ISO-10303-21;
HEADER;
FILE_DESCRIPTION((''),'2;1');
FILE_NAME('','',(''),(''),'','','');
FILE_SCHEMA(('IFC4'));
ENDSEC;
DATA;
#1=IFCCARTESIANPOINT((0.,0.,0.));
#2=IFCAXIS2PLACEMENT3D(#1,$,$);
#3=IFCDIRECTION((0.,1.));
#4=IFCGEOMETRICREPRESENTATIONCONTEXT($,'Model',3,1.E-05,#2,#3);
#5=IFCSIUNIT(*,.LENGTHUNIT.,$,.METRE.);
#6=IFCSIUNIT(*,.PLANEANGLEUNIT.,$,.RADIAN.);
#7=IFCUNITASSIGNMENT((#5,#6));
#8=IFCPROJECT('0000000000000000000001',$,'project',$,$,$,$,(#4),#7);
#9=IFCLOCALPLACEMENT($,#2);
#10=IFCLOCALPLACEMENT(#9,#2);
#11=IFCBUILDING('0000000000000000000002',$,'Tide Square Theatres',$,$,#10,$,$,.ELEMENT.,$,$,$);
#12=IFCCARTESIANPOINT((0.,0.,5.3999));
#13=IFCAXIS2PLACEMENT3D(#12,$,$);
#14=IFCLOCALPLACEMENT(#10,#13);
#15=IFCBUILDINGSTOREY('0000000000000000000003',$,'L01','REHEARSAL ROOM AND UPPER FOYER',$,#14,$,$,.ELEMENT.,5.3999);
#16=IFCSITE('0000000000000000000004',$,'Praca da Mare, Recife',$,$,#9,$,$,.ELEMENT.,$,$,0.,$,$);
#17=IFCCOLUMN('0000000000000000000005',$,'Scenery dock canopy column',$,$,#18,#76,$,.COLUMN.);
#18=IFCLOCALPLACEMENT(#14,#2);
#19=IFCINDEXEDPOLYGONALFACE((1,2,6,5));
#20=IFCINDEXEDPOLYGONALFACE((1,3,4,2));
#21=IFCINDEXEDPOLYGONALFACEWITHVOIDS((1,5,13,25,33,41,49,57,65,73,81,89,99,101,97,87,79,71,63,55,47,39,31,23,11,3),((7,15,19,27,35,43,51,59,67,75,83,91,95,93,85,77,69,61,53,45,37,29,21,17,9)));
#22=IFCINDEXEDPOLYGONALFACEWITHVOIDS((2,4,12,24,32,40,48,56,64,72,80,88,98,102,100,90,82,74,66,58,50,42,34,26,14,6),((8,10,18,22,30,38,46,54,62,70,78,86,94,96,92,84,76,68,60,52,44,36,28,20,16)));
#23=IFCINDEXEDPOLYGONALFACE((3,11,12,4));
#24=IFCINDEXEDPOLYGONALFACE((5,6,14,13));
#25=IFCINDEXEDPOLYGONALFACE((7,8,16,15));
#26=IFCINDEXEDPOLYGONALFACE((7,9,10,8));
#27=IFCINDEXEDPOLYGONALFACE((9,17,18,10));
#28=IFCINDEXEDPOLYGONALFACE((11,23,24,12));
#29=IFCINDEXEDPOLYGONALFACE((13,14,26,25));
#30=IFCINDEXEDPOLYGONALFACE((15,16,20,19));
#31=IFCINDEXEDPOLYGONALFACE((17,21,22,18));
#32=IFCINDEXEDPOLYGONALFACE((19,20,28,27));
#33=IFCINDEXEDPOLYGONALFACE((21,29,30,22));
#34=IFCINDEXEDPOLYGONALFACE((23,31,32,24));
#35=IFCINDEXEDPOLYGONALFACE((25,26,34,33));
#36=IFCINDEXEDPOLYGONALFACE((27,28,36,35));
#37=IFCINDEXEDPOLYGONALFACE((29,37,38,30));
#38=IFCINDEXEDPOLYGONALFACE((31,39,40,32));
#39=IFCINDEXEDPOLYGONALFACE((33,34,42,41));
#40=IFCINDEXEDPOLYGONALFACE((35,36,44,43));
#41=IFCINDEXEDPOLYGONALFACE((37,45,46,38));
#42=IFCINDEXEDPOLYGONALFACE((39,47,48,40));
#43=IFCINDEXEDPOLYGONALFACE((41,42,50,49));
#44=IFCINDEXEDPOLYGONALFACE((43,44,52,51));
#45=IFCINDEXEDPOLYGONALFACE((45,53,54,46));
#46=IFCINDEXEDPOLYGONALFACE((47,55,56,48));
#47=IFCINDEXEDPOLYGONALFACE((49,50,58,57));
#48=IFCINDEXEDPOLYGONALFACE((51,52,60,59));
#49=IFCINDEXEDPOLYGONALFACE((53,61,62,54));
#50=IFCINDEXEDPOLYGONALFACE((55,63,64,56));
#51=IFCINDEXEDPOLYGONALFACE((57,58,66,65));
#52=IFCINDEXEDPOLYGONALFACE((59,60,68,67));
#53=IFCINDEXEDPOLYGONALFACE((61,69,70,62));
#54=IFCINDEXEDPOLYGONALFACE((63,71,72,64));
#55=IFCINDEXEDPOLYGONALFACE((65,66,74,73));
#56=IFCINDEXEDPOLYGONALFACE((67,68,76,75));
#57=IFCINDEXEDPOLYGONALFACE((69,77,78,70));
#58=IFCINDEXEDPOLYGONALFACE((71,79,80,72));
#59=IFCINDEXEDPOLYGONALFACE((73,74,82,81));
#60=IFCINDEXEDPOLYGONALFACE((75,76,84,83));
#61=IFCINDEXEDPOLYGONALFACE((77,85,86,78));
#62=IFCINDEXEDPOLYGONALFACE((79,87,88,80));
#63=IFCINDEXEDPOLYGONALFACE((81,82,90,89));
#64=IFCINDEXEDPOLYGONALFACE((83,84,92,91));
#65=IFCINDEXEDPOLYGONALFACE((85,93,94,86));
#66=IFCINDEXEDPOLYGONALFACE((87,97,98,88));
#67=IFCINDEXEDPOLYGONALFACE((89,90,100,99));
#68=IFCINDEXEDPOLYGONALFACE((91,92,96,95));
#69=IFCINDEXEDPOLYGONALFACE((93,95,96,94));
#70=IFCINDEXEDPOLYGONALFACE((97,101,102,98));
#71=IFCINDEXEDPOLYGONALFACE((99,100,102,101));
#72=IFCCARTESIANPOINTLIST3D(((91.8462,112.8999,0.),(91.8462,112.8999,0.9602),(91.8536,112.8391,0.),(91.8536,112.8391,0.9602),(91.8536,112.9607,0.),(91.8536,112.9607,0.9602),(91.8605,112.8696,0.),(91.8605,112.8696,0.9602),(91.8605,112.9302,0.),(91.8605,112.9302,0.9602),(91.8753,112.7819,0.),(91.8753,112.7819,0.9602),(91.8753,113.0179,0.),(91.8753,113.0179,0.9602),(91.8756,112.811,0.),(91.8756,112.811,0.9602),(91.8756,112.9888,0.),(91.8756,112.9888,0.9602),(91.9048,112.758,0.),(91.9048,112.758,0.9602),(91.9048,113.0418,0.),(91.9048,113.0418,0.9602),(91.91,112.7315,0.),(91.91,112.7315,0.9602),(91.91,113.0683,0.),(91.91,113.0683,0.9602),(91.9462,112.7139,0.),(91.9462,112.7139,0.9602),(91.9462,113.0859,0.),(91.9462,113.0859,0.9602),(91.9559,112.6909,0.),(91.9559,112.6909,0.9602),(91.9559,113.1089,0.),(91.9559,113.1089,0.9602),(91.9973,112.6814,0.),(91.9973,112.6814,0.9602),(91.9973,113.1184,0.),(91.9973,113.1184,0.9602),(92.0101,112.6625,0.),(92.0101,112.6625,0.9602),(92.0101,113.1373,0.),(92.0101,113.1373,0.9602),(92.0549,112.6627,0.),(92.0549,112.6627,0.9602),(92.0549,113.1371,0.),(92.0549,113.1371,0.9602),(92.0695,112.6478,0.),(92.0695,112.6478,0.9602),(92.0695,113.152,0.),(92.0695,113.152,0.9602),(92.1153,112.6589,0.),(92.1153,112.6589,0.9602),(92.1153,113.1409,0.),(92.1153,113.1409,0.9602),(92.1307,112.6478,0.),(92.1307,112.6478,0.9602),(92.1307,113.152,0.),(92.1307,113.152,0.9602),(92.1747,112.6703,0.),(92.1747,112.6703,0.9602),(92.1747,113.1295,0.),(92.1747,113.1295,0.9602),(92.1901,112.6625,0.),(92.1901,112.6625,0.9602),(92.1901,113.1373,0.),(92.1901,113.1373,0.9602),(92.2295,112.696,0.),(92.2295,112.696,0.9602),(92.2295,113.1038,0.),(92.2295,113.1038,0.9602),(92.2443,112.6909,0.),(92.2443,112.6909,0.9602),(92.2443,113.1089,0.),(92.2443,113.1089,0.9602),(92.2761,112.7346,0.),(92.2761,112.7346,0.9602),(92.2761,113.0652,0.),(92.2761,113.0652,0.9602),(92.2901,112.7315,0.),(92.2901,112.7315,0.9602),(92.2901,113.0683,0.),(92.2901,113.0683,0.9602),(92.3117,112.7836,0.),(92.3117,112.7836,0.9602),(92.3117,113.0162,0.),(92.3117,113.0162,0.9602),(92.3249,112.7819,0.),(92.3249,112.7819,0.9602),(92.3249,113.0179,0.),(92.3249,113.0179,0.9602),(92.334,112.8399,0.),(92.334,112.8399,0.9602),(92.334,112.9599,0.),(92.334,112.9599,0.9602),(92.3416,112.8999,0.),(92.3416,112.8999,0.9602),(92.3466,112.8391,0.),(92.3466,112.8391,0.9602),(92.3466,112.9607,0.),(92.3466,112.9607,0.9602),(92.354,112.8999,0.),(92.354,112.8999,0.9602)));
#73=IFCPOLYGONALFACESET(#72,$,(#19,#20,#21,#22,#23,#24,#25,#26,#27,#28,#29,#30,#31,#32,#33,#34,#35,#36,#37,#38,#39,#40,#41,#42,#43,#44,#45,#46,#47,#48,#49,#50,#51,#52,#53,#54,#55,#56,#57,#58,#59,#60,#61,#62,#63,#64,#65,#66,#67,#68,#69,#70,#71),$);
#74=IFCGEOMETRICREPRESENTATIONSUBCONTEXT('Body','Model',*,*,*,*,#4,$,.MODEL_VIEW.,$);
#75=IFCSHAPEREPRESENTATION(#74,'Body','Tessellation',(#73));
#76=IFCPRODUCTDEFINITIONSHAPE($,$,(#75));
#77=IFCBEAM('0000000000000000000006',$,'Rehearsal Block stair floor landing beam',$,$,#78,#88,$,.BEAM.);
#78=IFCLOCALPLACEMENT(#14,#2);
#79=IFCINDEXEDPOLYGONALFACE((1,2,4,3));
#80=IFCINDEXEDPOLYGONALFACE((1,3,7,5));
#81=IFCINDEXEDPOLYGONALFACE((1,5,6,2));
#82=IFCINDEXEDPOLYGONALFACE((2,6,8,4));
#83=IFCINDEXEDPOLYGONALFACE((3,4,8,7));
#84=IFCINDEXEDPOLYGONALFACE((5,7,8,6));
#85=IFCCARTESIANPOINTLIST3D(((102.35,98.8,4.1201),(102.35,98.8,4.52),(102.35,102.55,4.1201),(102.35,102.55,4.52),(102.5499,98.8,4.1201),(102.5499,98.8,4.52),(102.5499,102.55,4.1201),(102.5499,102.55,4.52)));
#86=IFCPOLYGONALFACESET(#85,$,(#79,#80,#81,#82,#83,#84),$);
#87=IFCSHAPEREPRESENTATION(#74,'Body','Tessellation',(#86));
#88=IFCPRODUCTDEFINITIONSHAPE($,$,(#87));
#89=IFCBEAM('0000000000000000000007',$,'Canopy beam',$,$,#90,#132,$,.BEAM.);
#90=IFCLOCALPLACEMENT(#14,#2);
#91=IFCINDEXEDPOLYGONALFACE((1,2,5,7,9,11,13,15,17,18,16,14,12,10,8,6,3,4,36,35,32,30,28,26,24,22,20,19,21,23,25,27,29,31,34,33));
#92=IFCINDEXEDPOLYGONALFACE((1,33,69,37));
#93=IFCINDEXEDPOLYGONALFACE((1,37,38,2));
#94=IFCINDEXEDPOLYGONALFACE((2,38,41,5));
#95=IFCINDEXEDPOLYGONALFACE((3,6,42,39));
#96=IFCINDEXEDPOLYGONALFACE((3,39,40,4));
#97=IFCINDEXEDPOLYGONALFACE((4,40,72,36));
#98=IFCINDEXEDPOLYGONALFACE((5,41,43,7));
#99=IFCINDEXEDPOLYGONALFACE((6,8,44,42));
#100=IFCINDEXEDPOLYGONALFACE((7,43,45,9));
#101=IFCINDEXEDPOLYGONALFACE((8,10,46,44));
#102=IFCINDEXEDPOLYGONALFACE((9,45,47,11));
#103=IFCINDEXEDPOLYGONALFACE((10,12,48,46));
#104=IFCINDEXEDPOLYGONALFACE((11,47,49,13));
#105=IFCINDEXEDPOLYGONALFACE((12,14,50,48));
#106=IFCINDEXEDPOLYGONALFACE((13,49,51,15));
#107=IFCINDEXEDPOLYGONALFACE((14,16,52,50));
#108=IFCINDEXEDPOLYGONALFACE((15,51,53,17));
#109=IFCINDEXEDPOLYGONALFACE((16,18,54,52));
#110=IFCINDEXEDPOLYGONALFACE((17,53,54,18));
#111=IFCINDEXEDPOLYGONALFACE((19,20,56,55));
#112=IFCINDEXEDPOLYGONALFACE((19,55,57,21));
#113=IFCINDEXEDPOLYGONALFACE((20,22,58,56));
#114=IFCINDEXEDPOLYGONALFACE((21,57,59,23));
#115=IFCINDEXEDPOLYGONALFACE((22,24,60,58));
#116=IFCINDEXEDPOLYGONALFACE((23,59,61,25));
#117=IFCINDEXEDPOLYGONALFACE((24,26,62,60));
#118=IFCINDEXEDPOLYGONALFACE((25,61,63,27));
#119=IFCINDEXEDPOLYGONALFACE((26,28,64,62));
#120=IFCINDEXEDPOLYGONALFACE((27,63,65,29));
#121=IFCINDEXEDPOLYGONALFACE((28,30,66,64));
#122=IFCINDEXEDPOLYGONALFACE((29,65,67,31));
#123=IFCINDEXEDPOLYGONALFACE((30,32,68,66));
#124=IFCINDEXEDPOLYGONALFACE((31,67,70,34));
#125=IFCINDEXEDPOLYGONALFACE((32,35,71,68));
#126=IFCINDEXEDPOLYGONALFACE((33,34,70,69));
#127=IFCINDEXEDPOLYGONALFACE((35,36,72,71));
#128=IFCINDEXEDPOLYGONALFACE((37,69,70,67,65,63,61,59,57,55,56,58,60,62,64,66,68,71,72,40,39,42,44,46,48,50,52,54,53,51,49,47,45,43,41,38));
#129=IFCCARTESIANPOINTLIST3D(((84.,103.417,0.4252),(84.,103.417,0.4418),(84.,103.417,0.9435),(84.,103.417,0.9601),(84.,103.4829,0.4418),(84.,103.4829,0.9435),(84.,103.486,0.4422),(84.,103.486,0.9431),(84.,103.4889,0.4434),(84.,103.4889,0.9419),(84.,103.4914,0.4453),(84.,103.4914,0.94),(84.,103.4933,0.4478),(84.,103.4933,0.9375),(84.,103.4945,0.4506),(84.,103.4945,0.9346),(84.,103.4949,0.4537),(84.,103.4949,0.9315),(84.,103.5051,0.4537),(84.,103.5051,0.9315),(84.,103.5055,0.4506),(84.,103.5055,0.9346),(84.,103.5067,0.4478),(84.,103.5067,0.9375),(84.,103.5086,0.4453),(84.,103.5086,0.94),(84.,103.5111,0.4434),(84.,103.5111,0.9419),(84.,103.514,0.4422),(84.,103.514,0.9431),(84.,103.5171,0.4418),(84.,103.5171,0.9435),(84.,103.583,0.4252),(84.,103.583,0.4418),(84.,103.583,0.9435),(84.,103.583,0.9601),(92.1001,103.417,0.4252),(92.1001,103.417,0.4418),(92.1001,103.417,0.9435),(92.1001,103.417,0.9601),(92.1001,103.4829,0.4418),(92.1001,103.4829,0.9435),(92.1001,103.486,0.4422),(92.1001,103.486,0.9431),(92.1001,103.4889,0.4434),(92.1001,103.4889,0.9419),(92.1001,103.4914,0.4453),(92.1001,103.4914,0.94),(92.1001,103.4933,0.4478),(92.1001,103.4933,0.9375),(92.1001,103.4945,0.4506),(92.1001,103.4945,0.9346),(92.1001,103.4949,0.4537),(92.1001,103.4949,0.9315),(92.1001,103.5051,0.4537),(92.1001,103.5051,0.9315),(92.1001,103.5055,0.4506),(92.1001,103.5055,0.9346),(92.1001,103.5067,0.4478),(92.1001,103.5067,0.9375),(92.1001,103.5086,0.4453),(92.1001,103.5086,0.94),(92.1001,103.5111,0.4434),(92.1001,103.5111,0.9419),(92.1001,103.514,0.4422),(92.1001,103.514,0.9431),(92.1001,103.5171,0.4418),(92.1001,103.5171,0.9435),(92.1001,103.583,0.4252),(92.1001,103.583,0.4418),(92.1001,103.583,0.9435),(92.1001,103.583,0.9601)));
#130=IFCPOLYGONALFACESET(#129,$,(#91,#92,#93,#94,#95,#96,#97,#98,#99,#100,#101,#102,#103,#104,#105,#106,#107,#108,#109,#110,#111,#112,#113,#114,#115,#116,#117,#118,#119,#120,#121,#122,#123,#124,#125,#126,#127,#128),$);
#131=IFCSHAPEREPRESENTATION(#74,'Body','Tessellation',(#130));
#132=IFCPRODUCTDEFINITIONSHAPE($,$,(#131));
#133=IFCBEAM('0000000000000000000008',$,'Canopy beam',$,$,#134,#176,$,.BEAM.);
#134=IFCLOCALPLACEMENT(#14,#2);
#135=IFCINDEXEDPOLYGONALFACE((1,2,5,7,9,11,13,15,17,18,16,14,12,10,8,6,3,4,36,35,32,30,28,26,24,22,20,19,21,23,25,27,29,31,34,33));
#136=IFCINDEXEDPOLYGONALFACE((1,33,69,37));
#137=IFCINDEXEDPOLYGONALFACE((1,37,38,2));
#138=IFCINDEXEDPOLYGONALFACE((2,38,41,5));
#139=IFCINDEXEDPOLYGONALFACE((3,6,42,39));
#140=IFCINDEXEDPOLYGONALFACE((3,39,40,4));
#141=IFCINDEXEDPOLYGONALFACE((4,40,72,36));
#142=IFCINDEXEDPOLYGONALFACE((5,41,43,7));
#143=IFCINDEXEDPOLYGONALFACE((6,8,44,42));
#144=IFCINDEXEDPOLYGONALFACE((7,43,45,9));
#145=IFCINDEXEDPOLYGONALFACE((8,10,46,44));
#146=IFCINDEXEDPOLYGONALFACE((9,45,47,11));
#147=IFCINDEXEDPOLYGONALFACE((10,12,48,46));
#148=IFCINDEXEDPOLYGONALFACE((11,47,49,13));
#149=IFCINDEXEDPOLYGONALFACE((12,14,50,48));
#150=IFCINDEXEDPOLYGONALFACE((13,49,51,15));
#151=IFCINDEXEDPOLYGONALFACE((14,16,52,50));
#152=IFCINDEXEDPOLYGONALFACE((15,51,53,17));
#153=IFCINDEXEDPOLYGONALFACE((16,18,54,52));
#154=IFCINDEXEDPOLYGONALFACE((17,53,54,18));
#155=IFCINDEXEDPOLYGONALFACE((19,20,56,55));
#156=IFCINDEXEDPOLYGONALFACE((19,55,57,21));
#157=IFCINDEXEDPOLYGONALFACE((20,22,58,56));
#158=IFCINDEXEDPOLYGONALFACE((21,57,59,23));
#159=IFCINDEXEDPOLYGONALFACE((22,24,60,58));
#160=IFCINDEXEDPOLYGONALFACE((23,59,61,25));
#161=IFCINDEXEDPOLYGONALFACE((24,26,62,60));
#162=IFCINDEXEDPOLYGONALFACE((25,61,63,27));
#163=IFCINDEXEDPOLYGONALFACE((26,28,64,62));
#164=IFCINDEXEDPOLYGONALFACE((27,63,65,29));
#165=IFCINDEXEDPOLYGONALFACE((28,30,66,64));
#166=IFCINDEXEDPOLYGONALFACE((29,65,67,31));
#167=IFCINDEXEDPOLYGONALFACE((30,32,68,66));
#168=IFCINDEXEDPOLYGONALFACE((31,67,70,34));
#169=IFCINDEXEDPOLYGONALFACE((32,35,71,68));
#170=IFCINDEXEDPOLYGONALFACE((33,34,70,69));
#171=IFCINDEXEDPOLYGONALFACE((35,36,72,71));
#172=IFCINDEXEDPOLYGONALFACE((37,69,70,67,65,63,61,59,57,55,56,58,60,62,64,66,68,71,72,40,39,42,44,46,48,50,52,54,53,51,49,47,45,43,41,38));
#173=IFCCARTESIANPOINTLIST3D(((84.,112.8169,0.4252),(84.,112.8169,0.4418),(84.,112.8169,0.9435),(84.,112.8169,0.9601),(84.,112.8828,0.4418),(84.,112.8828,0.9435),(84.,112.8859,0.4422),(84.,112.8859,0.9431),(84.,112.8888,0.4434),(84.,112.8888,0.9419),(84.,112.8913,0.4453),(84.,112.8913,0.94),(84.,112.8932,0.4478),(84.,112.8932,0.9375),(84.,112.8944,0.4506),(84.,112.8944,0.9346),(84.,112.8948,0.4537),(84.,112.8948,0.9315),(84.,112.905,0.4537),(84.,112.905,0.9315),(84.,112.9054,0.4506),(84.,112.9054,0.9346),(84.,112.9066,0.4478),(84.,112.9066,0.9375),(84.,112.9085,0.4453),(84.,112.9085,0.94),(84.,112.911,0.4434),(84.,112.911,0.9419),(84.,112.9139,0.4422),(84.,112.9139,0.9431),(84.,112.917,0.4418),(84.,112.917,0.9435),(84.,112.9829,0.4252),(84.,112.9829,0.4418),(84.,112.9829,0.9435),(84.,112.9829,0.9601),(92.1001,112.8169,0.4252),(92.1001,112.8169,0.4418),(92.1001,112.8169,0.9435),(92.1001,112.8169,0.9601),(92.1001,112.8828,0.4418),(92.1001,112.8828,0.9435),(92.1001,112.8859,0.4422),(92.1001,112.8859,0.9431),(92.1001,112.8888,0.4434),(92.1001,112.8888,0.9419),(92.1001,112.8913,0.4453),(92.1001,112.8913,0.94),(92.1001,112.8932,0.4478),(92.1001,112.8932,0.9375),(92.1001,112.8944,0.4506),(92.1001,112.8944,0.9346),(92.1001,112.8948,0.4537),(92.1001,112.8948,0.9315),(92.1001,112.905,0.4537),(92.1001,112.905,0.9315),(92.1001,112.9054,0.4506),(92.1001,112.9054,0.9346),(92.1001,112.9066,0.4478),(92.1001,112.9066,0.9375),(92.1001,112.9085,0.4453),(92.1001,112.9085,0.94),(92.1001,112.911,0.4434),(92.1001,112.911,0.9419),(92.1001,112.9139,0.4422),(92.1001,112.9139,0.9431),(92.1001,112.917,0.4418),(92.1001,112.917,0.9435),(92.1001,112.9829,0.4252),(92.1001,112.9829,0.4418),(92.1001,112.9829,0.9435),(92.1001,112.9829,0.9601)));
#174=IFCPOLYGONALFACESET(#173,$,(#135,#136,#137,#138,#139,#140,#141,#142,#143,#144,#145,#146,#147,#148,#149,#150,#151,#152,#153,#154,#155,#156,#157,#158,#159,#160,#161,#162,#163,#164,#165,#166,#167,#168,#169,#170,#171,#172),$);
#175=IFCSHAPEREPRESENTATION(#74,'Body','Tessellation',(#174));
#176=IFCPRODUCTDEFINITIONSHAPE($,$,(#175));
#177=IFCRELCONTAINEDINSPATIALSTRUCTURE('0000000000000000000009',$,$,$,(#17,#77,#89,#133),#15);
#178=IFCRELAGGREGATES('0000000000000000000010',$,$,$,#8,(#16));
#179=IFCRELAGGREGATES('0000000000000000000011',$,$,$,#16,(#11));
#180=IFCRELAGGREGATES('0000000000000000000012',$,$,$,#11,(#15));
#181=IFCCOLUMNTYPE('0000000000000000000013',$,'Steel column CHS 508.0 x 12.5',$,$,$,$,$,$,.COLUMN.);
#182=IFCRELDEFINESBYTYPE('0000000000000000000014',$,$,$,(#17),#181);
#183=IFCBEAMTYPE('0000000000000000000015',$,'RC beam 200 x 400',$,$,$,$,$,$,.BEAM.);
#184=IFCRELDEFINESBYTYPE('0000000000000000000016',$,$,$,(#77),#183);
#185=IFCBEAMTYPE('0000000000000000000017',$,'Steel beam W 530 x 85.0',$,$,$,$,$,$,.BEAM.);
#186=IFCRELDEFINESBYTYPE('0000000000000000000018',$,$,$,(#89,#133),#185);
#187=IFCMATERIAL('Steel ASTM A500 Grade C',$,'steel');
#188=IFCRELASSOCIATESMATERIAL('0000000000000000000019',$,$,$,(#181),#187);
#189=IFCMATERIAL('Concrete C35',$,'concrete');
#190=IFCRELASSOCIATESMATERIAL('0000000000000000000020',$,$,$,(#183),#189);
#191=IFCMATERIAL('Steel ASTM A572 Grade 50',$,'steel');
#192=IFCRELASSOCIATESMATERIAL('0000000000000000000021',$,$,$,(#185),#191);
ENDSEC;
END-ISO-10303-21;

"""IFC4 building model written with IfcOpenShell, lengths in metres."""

from ifc_helpers import new_model, si_unit, direction, frame, origin, origin_2d, place, context, subcontext, project, spatial, rectangle, hollow_circle, i_section, extrude, material, material_profile, profile_set, type_object, element, save


model = new_model("IFC4")

# Units and contexts
model_context = context("Model", 3, precision=1e-05, world=origin(), true_north=direction((0.0, 1.0)))
body_context = subcontext(model_context, "Body", "Model", "MODEL_VIEW")
ifc_project = project(units=[si_unit("LENGTHUNIT", "METRE"), si_unit("PLANEANGLEUNIT", "RADIAN")], contexts=[model_context])

# Site, building, storey
site_placement = place(None, origin())
site = spatial("IfcSite", under=ifc_project, at=site_placement, Name="Praca da Mare, Recife", CompositionType="ELEMENT", RefElevation=0.0)
building_placement = place(site_placement, origin())
building = spatial("IfcBuilding", under=site, at=building_placement, Name="Tide Square Theatres", CompositionType="ELEMENT")
storey_placement = place(building_placement, frame((0.0, 0.0, 5.3999)))
storey = spatial("IfcBuildingStorey", under=building, at=storey_placement, Name="L01", Description="REHEARSAL ROOM AND UPPER FOYER", CompositionType="ELEMENT", Elevation=5.3999)

# Column
ifc_material_1 = material(Name="Steel ASTM A500 Grade C", Category="steel")
ifc_material_profile_1 = material_profile(ifc_material_1, hollow_circle(Radius=0.2539, WallThickness=0.0125, at=origin_2d()))
ifc_profile_set_1 = profile_set([ifc_material_profile_1], Name="Steel ASTM A500 Grade C")
column_type_1 = type_object("IfcColumnType", Name="Steel column CHS 508.0 x 12.5", PredefinedType="COLUMN", material=ifc_profile_set_1)
for number, where, z_axis, x_axis, name in (
    (1, (92.1001, 112.8999, 0.0), (0.0, 0.0, 1.0), (1.0, 0.0, 0.0), "Scenery dock canopy column"),
):
    element("IfcColumn", number, at=place(storey_placement, frame(where, z_axis=z_axis, x_axis=x_axis)), inside=storey, type_object=column_type_1, Name=name, PredefinedType="COLUMN", context=body_context, shape_type="SweptSolid", body=[
        extrude(hollow_circle(Radius=0.2539, WallThickness=0.0125, at=origin_2d()), origin(), (0.0, 0.0, 1.0), 0.9602),
    ])

# Beams
ifc_material_2 = material(Name="Concrete C35", Category="concrete")
ifc_material_profile_2 = material_profile(ifc_material_2, rectangle(XDim=0.2, YDim=0.3999, at=origin_2d()))
ifc_profile_set_2 = profile_set([ifc_material_profile_2], Name="Concrete C35")
beam_type_1 = type_object("IfcBeamType", Name="RC beam 200 x 400", PredefinedType="BEAM", material=ifc_profile_set_2)
beam_placement = place(storey_placement, frame((102.45, 98.8, 4.3201), z_axis=(0.0, 1.0, 0.0), x_axis=(-1.0, 0.0, 0.0)))
element("IfcBeam", 2, at=beam_placement, inside=storey, type_object=beam_type_1, Name="Rehearsal Block stair floor landing beam", PredefinedType="BEAM", context=body_context, shape_type="SweptSolid", body=[
    extrude(rectangle(XDim=0.2, YDim=0.3999, at=origin_2d()), origin(), (0.0, 0.0, 1.0), 3.75),
])
ifc_material_3 = material(Name="Steel ASTM A572 Grade 50", Category="steel")
ifc_material_profile_3 = material_profile(ifc_material_3, i_section(OverallWidth=0.166, OverallDepth=0.5349, WebThickness=0.0103, FlangeThickness=0.0166, FilletRadius=0.012, at=origin_2d()))
ifc_profile_set_3 = profile_set([ifc_material_profile_3], Name="Steel ASTM A572 Grade 50")
beam_type_2 = type_object("IfcBeamType", Name="Steel beam W 530 x 85.0", PredefinedType="BEAM", material=ifc_profile_set_3)
for number, where, z_axis, x_axis, name in (
    (3, (84.0, 103.5, 0.6926), (1.0, 0.0, 0.0), (0.0, 1.0, 0.0), "Canopy beam"),
    (4, (84.0, 112.8999, 0.6926), (1.0, 0.0, 0.0), (0.0, 1.0, 0.0), "Canopy beam"),
):
    element("IfcBeam", number, at=place(storey_placement, frame(where, z_axis=z_axis, x_axis=x_axis)), inside=storey, type_object=beam_type_2, Name=name, PredefinedType="BEAM", context=body_context, shape_type="SweptSolid", body=[
        extrude(i_section(OverallWidth=0.166, OverallDepth=0.5349, WebThickness=0.0103, FlangeThickness=0.0166, FilletRadius=0.012, at=origin_2d()), origin(), (0.0, 0.0, 1.0), 8.1001),
    ])

save(model, "model.ifc")
